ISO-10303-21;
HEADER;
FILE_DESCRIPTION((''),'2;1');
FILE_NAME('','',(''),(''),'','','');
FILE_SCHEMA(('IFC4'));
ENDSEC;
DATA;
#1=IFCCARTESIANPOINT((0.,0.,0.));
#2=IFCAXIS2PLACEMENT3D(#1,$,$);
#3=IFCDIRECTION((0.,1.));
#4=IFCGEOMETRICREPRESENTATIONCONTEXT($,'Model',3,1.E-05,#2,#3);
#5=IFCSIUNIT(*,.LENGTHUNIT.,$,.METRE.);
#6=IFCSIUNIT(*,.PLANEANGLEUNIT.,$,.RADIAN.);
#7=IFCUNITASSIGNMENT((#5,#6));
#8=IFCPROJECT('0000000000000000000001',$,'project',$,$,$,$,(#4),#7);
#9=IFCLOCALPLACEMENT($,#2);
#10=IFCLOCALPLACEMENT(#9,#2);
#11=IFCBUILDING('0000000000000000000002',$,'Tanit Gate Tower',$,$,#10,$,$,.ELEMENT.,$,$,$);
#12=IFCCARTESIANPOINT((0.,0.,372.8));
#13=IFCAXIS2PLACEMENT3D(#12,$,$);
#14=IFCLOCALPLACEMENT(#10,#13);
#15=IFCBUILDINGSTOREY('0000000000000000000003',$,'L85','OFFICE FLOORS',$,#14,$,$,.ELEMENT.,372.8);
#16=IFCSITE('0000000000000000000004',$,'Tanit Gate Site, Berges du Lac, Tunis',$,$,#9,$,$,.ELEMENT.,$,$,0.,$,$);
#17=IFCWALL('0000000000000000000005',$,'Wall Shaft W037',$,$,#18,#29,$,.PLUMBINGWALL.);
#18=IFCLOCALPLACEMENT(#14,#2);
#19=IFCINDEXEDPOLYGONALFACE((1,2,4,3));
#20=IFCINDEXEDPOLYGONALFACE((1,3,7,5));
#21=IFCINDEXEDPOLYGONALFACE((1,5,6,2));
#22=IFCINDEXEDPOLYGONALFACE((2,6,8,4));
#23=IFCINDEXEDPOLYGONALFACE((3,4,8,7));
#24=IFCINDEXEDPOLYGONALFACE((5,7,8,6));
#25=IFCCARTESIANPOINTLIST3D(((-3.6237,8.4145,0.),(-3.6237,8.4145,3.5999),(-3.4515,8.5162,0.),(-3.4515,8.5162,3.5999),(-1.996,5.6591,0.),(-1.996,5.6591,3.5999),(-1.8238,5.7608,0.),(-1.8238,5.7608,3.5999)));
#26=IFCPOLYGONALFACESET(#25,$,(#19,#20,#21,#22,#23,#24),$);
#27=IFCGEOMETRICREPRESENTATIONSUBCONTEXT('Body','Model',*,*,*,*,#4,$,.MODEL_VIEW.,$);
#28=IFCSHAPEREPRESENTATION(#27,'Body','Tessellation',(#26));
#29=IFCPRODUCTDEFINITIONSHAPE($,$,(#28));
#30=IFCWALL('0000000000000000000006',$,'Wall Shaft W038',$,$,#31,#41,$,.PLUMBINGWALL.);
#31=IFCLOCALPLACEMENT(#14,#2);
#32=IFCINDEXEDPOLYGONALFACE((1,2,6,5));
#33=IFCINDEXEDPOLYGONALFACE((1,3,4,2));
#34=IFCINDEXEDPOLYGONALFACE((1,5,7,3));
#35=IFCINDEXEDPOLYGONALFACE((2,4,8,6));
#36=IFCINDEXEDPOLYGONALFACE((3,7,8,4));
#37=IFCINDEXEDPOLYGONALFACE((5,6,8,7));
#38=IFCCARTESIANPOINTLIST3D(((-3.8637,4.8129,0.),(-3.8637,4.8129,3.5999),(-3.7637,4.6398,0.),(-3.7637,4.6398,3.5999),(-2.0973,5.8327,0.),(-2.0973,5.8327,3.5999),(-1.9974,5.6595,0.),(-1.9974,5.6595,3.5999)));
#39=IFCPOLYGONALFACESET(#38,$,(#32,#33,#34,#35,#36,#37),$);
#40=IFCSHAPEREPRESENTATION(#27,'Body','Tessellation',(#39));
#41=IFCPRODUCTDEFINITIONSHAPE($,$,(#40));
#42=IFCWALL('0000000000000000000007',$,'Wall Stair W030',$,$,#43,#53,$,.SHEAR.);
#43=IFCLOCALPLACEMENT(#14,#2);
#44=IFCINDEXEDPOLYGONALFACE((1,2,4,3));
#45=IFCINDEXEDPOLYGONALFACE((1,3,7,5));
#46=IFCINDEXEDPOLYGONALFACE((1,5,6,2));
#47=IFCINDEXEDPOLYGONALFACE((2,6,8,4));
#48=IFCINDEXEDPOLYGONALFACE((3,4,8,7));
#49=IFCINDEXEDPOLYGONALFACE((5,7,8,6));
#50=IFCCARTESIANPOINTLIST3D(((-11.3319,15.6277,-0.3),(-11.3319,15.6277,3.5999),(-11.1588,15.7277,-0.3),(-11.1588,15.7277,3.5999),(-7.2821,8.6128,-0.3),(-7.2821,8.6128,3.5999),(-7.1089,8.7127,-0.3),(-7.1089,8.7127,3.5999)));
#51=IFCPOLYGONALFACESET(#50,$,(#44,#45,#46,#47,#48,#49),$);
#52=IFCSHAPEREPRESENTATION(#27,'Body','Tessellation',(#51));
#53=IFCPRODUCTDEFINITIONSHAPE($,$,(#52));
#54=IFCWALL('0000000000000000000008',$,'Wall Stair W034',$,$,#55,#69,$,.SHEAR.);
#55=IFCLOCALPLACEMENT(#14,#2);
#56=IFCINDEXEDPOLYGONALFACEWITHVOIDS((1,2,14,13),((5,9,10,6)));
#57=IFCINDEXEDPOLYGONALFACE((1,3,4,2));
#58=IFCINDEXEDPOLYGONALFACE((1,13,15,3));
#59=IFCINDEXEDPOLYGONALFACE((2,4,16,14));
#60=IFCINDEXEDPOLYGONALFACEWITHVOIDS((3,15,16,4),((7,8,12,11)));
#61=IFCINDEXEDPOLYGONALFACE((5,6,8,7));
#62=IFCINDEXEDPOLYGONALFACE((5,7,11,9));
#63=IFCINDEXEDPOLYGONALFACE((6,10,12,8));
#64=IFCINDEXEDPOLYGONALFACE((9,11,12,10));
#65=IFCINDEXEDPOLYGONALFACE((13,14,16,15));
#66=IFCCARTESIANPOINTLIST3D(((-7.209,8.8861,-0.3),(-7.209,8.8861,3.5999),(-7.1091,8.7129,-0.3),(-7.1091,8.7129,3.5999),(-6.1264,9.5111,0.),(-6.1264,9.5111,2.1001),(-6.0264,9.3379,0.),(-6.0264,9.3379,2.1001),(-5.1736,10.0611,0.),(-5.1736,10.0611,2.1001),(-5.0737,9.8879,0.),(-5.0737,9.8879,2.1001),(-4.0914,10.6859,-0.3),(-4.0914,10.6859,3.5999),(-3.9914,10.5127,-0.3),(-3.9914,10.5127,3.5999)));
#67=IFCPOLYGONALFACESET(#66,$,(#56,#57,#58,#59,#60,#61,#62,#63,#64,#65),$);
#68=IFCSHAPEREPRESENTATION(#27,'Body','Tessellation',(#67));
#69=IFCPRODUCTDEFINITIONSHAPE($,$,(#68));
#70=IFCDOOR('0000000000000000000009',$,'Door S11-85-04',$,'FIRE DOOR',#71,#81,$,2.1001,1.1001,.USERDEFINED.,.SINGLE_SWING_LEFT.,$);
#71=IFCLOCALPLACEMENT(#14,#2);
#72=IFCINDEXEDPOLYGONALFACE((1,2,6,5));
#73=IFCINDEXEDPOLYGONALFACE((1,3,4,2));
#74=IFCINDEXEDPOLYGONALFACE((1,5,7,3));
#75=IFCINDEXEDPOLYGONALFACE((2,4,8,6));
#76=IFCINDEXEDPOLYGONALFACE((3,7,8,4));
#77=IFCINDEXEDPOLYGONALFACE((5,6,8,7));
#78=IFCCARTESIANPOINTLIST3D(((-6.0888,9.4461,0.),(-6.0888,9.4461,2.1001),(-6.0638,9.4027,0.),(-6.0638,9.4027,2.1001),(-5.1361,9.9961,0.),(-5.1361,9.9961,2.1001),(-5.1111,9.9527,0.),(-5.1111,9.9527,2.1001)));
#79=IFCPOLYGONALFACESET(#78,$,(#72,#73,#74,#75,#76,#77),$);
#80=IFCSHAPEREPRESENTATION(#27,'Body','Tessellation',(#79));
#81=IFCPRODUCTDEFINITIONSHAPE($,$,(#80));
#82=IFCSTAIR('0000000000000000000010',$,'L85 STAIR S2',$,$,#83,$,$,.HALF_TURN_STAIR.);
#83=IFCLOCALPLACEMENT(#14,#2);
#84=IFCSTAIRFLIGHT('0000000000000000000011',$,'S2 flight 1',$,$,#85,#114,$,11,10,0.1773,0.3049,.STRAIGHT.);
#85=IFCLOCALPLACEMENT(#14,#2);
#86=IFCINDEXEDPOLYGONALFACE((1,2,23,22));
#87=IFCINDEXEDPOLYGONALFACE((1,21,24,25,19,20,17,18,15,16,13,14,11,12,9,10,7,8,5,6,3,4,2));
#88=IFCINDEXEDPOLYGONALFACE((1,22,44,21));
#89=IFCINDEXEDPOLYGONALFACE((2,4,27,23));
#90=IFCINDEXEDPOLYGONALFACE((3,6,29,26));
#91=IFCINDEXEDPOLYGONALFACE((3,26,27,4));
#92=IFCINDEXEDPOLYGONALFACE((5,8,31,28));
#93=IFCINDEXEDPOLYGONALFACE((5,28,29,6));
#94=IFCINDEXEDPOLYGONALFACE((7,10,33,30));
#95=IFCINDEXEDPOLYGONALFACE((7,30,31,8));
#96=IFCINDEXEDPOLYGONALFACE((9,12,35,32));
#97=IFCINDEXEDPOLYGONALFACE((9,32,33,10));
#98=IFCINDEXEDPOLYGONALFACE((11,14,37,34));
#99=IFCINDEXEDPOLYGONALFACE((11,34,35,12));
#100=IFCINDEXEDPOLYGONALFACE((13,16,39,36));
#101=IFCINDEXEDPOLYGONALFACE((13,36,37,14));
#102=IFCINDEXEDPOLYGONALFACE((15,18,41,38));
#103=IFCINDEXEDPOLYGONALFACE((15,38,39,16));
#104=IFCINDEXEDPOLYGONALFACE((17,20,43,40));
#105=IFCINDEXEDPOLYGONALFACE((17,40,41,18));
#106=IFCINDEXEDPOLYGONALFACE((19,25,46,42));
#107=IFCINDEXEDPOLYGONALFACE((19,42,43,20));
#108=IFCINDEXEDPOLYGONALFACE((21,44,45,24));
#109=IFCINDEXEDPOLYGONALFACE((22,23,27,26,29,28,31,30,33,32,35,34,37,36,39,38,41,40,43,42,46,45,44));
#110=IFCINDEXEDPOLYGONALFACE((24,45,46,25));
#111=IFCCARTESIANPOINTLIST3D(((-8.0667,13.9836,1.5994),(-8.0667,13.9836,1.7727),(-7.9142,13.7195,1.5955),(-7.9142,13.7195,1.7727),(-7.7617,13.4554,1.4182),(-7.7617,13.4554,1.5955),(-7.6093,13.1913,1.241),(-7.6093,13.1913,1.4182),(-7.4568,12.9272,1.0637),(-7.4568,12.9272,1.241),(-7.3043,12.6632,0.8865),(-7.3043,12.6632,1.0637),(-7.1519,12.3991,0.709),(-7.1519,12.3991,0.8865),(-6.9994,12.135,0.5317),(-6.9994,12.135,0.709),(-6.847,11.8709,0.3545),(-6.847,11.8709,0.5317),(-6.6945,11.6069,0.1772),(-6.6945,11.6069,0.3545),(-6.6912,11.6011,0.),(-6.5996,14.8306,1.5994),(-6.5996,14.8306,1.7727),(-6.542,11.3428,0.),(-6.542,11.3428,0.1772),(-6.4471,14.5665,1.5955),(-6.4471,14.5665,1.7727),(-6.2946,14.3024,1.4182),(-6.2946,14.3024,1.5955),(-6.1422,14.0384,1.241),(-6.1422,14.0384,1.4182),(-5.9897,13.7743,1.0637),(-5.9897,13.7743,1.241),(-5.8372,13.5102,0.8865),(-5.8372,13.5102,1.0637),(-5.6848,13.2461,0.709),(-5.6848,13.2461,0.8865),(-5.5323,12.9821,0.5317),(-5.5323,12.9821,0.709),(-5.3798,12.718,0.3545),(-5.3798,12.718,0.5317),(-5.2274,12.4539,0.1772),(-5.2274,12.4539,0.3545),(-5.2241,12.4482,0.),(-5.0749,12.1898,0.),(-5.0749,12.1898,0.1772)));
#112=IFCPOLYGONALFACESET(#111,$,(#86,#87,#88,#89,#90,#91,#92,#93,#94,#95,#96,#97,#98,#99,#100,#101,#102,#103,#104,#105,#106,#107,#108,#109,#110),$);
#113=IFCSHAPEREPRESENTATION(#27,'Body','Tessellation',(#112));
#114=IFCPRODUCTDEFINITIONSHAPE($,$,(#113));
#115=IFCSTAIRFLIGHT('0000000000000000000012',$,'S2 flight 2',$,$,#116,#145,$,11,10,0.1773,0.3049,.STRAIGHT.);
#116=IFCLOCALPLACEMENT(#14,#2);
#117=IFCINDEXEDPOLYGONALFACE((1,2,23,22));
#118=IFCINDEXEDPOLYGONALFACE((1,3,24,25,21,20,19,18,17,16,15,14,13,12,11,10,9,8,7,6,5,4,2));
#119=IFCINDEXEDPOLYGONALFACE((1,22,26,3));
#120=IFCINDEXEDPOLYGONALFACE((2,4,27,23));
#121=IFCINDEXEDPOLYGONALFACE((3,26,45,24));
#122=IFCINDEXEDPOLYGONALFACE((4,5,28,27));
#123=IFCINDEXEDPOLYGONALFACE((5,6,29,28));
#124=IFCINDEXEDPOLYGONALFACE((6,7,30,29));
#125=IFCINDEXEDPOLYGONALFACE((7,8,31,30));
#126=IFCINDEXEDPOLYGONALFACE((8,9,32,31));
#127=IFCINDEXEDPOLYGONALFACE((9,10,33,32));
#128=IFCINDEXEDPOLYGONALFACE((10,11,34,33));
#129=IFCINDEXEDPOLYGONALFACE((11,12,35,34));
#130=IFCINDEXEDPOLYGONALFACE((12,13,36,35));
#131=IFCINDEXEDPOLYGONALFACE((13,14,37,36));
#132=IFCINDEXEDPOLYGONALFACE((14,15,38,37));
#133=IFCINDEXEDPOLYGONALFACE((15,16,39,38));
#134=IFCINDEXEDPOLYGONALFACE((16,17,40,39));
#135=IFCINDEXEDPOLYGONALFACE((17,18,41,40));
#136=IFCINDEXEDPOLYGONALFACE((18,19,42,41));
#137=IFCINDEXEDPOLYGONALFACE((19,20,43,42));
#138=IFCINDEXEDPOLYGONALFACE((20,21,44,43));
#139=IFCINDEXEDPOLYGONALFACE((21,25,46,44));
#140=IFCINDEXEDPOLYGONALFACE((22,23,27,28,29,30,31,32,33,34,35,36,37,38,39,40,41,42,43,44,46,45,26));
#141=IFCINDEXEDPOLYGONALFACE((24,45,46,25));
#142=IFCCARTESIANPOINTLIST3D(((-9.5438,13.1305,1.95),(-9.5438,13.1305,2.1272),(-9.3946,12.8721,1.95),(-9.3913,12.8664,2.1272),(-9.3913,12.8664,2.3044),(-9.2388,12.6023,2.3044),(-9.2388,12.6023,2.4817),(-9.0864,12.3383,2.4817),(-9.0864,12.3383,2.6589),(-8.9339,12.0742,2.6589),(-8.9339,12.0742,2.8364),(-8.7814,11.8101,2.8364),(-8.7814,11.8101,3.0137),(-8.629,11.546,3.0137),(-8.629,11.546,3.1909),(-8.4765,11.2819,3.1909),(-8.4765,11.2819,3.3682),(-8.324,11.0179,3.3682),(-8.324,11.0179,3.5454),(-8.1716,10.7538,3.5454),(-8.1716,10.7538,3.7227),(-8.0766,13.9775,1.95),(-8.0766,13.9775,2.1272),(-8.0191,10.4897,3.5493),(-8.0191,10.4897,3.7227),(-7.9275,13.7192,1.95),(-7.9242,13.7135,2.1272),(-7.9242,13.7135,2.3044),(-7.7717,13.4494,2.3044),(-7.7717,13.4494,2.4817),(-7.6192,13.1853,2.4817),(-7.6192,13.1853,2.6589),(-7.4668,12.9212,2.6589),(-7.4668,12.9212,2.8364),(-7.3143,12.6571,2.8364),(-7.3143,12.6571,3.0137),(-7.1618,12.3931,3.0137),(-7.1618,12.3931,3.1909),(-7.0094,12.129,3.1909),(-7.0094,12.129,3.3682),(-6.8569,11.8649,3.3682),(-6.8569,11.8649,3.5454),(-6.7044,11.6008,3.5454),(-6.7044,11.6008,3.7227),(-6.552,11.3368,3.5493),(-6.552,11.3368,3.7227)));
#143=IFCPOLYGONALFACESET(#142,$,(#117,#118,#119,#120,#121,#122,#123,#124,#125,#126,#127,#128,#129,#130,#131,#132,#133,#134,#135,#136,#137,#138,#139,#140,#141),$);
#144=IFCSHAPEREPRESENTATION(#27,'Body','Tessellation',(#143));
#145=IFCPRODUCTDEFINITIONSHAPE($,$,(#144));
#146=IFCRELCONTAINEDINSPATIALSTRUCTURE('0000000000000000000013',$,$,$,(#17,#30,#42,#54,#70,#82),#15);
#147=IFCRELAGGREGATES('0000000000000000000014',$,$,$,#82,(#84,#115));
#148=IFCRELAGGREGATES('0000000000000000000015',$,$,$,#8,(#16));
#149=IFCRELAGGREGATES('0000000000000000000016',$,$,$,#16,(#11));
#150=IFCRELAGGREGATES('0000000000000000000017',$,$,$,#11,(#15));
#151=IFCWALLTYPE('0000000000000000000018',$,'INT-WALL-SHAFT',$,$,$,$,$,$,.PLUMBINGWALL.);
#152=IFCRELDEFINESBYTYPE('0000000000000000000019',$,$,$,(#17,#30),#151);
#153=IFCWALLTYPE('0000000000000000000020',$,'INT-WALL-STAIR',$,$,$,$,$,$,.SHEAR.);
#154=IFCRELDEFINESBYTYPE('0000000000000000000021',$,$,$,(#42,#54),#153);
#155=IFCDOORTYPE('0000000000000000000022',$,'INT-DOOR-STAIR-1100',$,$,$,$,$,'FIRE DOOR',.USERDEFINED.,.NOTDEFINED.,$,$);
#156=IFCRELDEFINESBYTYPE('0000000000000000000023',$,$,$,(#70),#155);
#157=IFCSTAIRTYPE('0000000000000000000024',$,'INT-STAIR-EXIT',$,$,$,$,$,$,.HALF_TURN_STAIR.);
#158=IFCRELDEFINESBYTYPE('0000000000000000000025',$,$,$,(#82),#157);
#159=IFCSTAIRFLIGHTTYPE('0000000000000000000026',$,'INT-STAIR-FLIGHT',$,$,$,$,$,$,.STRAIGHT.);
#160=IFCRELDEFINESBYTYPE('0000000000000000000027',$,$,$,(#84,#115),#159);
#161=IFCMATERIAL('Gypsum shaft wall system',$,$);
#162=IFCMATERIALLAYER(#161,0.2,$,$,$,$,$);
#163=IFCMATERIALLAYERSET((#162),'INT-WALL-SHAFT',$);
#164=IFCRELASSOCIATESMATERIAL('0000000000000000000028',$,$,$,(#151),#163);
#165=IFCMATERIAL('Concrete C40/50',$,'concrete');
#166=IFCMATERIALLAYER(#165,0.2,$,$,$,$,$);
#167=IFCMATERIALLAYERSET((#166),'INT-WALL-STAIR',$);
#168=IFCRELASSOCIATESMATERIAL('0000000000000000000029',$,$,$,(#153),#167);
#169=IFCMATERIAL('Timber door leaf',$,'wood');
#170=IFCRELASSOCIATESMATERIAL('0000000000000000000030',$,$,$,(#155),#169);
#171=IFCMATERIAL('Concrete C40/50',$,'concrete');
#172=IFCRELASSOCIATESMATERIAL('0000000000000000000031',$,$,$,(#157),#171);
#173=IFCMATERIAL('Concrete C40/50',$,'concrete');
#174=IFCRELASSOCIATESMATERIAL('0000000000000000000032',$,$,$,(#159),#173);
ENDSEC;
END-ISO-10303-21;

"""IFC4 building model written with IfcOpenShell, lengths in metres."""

from ifc_helpers import new_model, si_unit, direction, frame, frame_2d, origin, place, context, subcontext, project, spatial, polyline, rectangle, outline, extrude, material, layer, layer_set, type_object, element, fill, aggregate, save


model = new_model("IFC4")

# Units and contexts
model_context = context("Model", 3, precision=1e-05, world=origin(), true_north=direction((0.0, 1.0)))
body_context = subcontext(model_context, "Body", "Model", "MODEL_VIEW")
ifc_project = project(units=[si_unit("LENGTHUNIT", "METRE"), si_unit("PLANEANGLEUNIT", "RADIAN")], contexts=[model_context])

# Site, building, storey
site_placement = place(None, origin())
site = spatial("IfcSite", under=ifc_project, at=site_placement, Name="Tanit Gate Site, Berges du Lac, Tunis", CompositionType="ELEMENT", RefElevation=0.0)
building_placement = place(site_placement, origin())
building = spatial("IfcBuilding", under=site, at=building_placement, Name="Tanit Gate Tower", CompositionType="ELEMENT")
storey_placement = place(building_placement, frame((0.0, 0.0, 372.8)))
storey = spatial("IfcBuildingStorey", under=building, at=storey_placement, Name="L85", Description="OFFICE FLOORS", CompositionType="ELEMENT", Elevation=372.8)

# Shared definitions
ifc_material_1 = material(Name="Gypsum shaft wall system")
ifc_layer_1 = layer(ifc_material_1, 0.2)
ifc_layer_set_1 = layer_set([ifc_layer_1], Name="INT-WALL-SHAFT")
wall_type_1 = type_object("IfcWallType", Name="INT-WALL-SHAFT", PredefinedType="PLUMBINGWALL", material=ifc_layer_set_1)

# Walls
wall_1_placement = place(storey_placement, frame((-3.5376, 8.4653, 0.0), z_axis=(0.0, 0.0, 1.0), x_axis=(0.508616, -0.860993, 0.0)))
element("IfcWall", 1, at=wall_1_placement, inside=storey, type_object=wall_type_1, Name="Wall Shaft W037", PredefinedType="PLUMBINGWALL", context=body_context, shape_type="SweptSolid", body=[
    extrude(rectangle(XDim=3.2002, YDim=0.2, at=frame_2d((1.6001, 0.0))), origin(), (0.0, 0.0, 1.0), 3.5999),
])
wall_2_placement = place(storey_placement, frame((-2.0474, 5.7461, 0.0), z_axis=(0.0, 0.0, 1.0), x_axis=(-0.866032, -0.499988, 0.0)))
element("IfcWall", 2, at=wall_2_placement, inside=storey, type_object=wall_type_1, Name="Wall Shaft W038", PredefinedType="PLUMBINGWALL", context=body_context, shape_type="SweptSolid", body=[
    extrude(rectangle(XDim=2.0396, YDim=0.2, at=frame_2d((1.0198, 0.0))), origin(), (0.0, 0.0, 1.0), 3.5999),
])
ifc_material_2 = material(Name="Concrete C40/50", Category="concrete")
ifc_layer_2 = layer(ifc_material_2, 0.2)
ifc_layer_set_2 = layer_set([ifc_layer_2], Name="INT-WALL-STAIR")
wall_type_2 = type_object("IfcWallType", Name="INT-WALL-STAIR", PredefinedType="SHEAR", material=ifc_layer_set_2)
wall_3_placement = place(storey_placement, frame((-11.2454, 15.6777, -0.3), z_axis=(0.0, 0.0, 1.0), x_axis=(0.499977, -0.866039, 0.0)))
element("IfcWall", 3, at=wall_3_placement, inside=storey, type_object=wall_type_2, Name="Wall Stair W030", PredefinedType="SHEAR", context=body_context, shape_type="SweptSolid", body=[
    extrude(rectangle(XDim=8.1001, YDim=0.2, at=frame_2d((4.05, 0.0))), origin(), (0.0, 0.0, 1.0), 3.8999),
])

# Wall, opening, door
wall_4_placement = place(storey_placement, frame((-7.1589, 8.7996, -0.3), z_axis=(0.0, 0.0, 1.0), x_axis=(0.866048, 0.499961, 0.0)))
wall_4 = element("IfcWall", 4, at=wall_4_placement, inside=storey, type_object=wall_type_2, Name="Wall Stair W034", PredefinedType="SHEAR", context=body_context, shape_type="SweptSolid", body=[
    extrude(rectangle(XDim=3.5999, YDim=0.2, at=frame_2d((1.7998, 0.0))), origin(), (0.0, 0.0, 1.0), 3.8999),
])
opening_1_placement = place(wall_4_placement, frame((1.25, 0.0, 0.3)))
opening_1 = element("IfcOpeningElement", 5, at=opening_1_placement, cuts=wall_4, PredefinedType="OPENING", context=body_context, shape_type="SweptSolid", body=[
    extrude(rectangle(XDim=1.1001, YDim=2.1001, at=frame_2d((0.55, 1.05))), frame((0.0, 0.1099, 0.0), z_axis=(0.0, -1.0, 0.0), x_axis=(1.0, 0.0, 0.0)), (0.0, 0.0, 1.0), 0.22),
])
ifc_material_3 = material(Name="Timber door leaf", Category="wood")
door_type_1 = type_object("IfcDoorType", Name="INT-DOOR-STAIR-1100", ElementType="FIRE DOOR", OperationType="NOTDEFINED", PredefinedType="USERDEFINED", material=ifc_material_3)
door_1_placement = place(opening_1_placement, origin())
door_1 = element("IfcDoor", 6, at=door_1_placement, inside=storey, type_object=door_type_1, Name="Door S11-85-04", ObjectType="FIRE DOOR", OperationType="SINGLE_SWING_LEFT", OverallHeight=2.1001, OverallWidth=1.1001, PredefinedType="USERDEFINED", context=body_context, shape_type="SweptSolid", body=[
    extrude(rectangle(XDim=1.1001, YDim=2.1001, at=frame_2d((0.55, 1.05))), frame((0.0, 0.0249, 0.0), z_axis=(0.0, -1.0, 0.0), x_axis=(1.0, 0.0, 0.0)), (0.0, 0.0, 1.0), 0.05),
])
fill(opening_1, door_1)

# Stair, stair flights
ifc_material_4 = material(Name="Concrete C40/50", Category="concrete")
stair_type = type_object("IfcStairType", Name="INT-STAIR-EXIT", PredefinedType="HALF_TURN_STAIR", material=ifc_material_4)
stair_placement = place(storey_placement, origin())
stair = element("IfcStair", 7, at=stair_placement, inside=storey, type_object=stair_type, Name="L85 STAIR S2", PredefinedType="HALF_TURN_STAIR")
ifc_material_5 = material(Name="Concrete C40/50", Category="concrete")
stair_flight_type = type_object("IfcStairFlightType", Name="INT-STAIR-FLIGHT", PredefinedType="STRAIGHT", material=ifc_material_5)
stair_flight_1_placement = place(storey_placement, frame((-5.8083, 11.7664, 0.0), z_axis=(0.0, 0.0, 1.0), x_axis=(-0.5, 0.866025, 0.0)))
stair_flight_1 = element("IfcStairFlight", 8, at=stair_flight_1_placement, type_object=stair_flight_type, Name="S2 flight 1", NumberOfRisers=11, NumberOfTreads=10, PredefinedType="STRAIGHT", RiserHeight=0.1773, TreadLength=0.3049, context=body_context, shape_type="SweptSolid", body=[
    extrude(outline(polyline([(0.0, 0.0), (0.0, 0.1772), (0.3049, 0.1772), (0.3049, 0.3545), (0.6099, 0.3545), (0.6099, 0.5317), (0.9148, 0.5317), (0.9148, 0.709), (1.2197, 0.709), (1.2197, 0.8865), (1.5247, 0.8865), (1.5247, 1.0637), (1.8296, 1.0637), (1.8296, 1.241), (2.1345, 1.241), (2.1345, 1.4182), (2.4395, 1.4182), (2.4395, 1.5955), (2.7444, 1.5955), (2.7444, 1.7727), (3.0493, 1.7727), (3.0493, 1.95), (3.0493, 1.5994), (0.2983, 0.0), (0.0, 0.0)])), frame((0.0, 0.8472, 0.0), z_axis=(0.0, -1.0, 0.0), x_axis=(1.0, 0.0, 0.0)), (0.0, 0.0, 1.0), 1.6941),
])
stair_flight_2_placement = place(storey_placement, frame((-8.8103, 13.554, 1.95), z_axis=(0.0, 0.0, 1.0), x_axis=(0.5, -0.866025, 0.0)))
stair_flight_2 = element("IfcStairFlight", 9, at=stair_flight_2_placement, type_object=stair_flight_type, Name="S2 flight 2", NumberOfRisers=11, NumberOfTreads=10, PredefinedType="STRAIGHT", RiserHeight=0.1773, TreadLength=0.3049, context=body_context, shape_type="SweptSolid", body=[
    extrude(outline(polyline([(0.0, 0.0), (0.0, 0.1772), (0.3049, 0.1772), (0.3049, 0.3545), (0.6099, 0.3545), (0.6099, 0.5317), (0.9148, 0.5317), (0.9148, 0.709), (1.2197, 0.709), (1.2197, 0.8865), (1.5247, 0.8865), (1.5247, 1.0637), (1.8296, 1.0637), (1.8296, 1.241), (2.1345, 1.241), (2.1345, 1.4182), (2.4395, 1.4182), (2.4395, 1.5955), (2.7444, 1.5955), (2.7444, 1.7727), (3.0493, 1.7727), (3.0493, 1.95), (3.0493, 1.5994), (0.2983, 0.0), (0.0, 0.0)])), frame((0.0, 0.8472, 0.0), z_axis=(0.0, -1.0, 0.0), x_axis=(1.0, 0.0, 0.0)), (0.0, 0.0, 1.0), 1.6941),
])
aggregate(stair, [stair_flight_1, stair_flight_2])

save(model, "model.ifc")
